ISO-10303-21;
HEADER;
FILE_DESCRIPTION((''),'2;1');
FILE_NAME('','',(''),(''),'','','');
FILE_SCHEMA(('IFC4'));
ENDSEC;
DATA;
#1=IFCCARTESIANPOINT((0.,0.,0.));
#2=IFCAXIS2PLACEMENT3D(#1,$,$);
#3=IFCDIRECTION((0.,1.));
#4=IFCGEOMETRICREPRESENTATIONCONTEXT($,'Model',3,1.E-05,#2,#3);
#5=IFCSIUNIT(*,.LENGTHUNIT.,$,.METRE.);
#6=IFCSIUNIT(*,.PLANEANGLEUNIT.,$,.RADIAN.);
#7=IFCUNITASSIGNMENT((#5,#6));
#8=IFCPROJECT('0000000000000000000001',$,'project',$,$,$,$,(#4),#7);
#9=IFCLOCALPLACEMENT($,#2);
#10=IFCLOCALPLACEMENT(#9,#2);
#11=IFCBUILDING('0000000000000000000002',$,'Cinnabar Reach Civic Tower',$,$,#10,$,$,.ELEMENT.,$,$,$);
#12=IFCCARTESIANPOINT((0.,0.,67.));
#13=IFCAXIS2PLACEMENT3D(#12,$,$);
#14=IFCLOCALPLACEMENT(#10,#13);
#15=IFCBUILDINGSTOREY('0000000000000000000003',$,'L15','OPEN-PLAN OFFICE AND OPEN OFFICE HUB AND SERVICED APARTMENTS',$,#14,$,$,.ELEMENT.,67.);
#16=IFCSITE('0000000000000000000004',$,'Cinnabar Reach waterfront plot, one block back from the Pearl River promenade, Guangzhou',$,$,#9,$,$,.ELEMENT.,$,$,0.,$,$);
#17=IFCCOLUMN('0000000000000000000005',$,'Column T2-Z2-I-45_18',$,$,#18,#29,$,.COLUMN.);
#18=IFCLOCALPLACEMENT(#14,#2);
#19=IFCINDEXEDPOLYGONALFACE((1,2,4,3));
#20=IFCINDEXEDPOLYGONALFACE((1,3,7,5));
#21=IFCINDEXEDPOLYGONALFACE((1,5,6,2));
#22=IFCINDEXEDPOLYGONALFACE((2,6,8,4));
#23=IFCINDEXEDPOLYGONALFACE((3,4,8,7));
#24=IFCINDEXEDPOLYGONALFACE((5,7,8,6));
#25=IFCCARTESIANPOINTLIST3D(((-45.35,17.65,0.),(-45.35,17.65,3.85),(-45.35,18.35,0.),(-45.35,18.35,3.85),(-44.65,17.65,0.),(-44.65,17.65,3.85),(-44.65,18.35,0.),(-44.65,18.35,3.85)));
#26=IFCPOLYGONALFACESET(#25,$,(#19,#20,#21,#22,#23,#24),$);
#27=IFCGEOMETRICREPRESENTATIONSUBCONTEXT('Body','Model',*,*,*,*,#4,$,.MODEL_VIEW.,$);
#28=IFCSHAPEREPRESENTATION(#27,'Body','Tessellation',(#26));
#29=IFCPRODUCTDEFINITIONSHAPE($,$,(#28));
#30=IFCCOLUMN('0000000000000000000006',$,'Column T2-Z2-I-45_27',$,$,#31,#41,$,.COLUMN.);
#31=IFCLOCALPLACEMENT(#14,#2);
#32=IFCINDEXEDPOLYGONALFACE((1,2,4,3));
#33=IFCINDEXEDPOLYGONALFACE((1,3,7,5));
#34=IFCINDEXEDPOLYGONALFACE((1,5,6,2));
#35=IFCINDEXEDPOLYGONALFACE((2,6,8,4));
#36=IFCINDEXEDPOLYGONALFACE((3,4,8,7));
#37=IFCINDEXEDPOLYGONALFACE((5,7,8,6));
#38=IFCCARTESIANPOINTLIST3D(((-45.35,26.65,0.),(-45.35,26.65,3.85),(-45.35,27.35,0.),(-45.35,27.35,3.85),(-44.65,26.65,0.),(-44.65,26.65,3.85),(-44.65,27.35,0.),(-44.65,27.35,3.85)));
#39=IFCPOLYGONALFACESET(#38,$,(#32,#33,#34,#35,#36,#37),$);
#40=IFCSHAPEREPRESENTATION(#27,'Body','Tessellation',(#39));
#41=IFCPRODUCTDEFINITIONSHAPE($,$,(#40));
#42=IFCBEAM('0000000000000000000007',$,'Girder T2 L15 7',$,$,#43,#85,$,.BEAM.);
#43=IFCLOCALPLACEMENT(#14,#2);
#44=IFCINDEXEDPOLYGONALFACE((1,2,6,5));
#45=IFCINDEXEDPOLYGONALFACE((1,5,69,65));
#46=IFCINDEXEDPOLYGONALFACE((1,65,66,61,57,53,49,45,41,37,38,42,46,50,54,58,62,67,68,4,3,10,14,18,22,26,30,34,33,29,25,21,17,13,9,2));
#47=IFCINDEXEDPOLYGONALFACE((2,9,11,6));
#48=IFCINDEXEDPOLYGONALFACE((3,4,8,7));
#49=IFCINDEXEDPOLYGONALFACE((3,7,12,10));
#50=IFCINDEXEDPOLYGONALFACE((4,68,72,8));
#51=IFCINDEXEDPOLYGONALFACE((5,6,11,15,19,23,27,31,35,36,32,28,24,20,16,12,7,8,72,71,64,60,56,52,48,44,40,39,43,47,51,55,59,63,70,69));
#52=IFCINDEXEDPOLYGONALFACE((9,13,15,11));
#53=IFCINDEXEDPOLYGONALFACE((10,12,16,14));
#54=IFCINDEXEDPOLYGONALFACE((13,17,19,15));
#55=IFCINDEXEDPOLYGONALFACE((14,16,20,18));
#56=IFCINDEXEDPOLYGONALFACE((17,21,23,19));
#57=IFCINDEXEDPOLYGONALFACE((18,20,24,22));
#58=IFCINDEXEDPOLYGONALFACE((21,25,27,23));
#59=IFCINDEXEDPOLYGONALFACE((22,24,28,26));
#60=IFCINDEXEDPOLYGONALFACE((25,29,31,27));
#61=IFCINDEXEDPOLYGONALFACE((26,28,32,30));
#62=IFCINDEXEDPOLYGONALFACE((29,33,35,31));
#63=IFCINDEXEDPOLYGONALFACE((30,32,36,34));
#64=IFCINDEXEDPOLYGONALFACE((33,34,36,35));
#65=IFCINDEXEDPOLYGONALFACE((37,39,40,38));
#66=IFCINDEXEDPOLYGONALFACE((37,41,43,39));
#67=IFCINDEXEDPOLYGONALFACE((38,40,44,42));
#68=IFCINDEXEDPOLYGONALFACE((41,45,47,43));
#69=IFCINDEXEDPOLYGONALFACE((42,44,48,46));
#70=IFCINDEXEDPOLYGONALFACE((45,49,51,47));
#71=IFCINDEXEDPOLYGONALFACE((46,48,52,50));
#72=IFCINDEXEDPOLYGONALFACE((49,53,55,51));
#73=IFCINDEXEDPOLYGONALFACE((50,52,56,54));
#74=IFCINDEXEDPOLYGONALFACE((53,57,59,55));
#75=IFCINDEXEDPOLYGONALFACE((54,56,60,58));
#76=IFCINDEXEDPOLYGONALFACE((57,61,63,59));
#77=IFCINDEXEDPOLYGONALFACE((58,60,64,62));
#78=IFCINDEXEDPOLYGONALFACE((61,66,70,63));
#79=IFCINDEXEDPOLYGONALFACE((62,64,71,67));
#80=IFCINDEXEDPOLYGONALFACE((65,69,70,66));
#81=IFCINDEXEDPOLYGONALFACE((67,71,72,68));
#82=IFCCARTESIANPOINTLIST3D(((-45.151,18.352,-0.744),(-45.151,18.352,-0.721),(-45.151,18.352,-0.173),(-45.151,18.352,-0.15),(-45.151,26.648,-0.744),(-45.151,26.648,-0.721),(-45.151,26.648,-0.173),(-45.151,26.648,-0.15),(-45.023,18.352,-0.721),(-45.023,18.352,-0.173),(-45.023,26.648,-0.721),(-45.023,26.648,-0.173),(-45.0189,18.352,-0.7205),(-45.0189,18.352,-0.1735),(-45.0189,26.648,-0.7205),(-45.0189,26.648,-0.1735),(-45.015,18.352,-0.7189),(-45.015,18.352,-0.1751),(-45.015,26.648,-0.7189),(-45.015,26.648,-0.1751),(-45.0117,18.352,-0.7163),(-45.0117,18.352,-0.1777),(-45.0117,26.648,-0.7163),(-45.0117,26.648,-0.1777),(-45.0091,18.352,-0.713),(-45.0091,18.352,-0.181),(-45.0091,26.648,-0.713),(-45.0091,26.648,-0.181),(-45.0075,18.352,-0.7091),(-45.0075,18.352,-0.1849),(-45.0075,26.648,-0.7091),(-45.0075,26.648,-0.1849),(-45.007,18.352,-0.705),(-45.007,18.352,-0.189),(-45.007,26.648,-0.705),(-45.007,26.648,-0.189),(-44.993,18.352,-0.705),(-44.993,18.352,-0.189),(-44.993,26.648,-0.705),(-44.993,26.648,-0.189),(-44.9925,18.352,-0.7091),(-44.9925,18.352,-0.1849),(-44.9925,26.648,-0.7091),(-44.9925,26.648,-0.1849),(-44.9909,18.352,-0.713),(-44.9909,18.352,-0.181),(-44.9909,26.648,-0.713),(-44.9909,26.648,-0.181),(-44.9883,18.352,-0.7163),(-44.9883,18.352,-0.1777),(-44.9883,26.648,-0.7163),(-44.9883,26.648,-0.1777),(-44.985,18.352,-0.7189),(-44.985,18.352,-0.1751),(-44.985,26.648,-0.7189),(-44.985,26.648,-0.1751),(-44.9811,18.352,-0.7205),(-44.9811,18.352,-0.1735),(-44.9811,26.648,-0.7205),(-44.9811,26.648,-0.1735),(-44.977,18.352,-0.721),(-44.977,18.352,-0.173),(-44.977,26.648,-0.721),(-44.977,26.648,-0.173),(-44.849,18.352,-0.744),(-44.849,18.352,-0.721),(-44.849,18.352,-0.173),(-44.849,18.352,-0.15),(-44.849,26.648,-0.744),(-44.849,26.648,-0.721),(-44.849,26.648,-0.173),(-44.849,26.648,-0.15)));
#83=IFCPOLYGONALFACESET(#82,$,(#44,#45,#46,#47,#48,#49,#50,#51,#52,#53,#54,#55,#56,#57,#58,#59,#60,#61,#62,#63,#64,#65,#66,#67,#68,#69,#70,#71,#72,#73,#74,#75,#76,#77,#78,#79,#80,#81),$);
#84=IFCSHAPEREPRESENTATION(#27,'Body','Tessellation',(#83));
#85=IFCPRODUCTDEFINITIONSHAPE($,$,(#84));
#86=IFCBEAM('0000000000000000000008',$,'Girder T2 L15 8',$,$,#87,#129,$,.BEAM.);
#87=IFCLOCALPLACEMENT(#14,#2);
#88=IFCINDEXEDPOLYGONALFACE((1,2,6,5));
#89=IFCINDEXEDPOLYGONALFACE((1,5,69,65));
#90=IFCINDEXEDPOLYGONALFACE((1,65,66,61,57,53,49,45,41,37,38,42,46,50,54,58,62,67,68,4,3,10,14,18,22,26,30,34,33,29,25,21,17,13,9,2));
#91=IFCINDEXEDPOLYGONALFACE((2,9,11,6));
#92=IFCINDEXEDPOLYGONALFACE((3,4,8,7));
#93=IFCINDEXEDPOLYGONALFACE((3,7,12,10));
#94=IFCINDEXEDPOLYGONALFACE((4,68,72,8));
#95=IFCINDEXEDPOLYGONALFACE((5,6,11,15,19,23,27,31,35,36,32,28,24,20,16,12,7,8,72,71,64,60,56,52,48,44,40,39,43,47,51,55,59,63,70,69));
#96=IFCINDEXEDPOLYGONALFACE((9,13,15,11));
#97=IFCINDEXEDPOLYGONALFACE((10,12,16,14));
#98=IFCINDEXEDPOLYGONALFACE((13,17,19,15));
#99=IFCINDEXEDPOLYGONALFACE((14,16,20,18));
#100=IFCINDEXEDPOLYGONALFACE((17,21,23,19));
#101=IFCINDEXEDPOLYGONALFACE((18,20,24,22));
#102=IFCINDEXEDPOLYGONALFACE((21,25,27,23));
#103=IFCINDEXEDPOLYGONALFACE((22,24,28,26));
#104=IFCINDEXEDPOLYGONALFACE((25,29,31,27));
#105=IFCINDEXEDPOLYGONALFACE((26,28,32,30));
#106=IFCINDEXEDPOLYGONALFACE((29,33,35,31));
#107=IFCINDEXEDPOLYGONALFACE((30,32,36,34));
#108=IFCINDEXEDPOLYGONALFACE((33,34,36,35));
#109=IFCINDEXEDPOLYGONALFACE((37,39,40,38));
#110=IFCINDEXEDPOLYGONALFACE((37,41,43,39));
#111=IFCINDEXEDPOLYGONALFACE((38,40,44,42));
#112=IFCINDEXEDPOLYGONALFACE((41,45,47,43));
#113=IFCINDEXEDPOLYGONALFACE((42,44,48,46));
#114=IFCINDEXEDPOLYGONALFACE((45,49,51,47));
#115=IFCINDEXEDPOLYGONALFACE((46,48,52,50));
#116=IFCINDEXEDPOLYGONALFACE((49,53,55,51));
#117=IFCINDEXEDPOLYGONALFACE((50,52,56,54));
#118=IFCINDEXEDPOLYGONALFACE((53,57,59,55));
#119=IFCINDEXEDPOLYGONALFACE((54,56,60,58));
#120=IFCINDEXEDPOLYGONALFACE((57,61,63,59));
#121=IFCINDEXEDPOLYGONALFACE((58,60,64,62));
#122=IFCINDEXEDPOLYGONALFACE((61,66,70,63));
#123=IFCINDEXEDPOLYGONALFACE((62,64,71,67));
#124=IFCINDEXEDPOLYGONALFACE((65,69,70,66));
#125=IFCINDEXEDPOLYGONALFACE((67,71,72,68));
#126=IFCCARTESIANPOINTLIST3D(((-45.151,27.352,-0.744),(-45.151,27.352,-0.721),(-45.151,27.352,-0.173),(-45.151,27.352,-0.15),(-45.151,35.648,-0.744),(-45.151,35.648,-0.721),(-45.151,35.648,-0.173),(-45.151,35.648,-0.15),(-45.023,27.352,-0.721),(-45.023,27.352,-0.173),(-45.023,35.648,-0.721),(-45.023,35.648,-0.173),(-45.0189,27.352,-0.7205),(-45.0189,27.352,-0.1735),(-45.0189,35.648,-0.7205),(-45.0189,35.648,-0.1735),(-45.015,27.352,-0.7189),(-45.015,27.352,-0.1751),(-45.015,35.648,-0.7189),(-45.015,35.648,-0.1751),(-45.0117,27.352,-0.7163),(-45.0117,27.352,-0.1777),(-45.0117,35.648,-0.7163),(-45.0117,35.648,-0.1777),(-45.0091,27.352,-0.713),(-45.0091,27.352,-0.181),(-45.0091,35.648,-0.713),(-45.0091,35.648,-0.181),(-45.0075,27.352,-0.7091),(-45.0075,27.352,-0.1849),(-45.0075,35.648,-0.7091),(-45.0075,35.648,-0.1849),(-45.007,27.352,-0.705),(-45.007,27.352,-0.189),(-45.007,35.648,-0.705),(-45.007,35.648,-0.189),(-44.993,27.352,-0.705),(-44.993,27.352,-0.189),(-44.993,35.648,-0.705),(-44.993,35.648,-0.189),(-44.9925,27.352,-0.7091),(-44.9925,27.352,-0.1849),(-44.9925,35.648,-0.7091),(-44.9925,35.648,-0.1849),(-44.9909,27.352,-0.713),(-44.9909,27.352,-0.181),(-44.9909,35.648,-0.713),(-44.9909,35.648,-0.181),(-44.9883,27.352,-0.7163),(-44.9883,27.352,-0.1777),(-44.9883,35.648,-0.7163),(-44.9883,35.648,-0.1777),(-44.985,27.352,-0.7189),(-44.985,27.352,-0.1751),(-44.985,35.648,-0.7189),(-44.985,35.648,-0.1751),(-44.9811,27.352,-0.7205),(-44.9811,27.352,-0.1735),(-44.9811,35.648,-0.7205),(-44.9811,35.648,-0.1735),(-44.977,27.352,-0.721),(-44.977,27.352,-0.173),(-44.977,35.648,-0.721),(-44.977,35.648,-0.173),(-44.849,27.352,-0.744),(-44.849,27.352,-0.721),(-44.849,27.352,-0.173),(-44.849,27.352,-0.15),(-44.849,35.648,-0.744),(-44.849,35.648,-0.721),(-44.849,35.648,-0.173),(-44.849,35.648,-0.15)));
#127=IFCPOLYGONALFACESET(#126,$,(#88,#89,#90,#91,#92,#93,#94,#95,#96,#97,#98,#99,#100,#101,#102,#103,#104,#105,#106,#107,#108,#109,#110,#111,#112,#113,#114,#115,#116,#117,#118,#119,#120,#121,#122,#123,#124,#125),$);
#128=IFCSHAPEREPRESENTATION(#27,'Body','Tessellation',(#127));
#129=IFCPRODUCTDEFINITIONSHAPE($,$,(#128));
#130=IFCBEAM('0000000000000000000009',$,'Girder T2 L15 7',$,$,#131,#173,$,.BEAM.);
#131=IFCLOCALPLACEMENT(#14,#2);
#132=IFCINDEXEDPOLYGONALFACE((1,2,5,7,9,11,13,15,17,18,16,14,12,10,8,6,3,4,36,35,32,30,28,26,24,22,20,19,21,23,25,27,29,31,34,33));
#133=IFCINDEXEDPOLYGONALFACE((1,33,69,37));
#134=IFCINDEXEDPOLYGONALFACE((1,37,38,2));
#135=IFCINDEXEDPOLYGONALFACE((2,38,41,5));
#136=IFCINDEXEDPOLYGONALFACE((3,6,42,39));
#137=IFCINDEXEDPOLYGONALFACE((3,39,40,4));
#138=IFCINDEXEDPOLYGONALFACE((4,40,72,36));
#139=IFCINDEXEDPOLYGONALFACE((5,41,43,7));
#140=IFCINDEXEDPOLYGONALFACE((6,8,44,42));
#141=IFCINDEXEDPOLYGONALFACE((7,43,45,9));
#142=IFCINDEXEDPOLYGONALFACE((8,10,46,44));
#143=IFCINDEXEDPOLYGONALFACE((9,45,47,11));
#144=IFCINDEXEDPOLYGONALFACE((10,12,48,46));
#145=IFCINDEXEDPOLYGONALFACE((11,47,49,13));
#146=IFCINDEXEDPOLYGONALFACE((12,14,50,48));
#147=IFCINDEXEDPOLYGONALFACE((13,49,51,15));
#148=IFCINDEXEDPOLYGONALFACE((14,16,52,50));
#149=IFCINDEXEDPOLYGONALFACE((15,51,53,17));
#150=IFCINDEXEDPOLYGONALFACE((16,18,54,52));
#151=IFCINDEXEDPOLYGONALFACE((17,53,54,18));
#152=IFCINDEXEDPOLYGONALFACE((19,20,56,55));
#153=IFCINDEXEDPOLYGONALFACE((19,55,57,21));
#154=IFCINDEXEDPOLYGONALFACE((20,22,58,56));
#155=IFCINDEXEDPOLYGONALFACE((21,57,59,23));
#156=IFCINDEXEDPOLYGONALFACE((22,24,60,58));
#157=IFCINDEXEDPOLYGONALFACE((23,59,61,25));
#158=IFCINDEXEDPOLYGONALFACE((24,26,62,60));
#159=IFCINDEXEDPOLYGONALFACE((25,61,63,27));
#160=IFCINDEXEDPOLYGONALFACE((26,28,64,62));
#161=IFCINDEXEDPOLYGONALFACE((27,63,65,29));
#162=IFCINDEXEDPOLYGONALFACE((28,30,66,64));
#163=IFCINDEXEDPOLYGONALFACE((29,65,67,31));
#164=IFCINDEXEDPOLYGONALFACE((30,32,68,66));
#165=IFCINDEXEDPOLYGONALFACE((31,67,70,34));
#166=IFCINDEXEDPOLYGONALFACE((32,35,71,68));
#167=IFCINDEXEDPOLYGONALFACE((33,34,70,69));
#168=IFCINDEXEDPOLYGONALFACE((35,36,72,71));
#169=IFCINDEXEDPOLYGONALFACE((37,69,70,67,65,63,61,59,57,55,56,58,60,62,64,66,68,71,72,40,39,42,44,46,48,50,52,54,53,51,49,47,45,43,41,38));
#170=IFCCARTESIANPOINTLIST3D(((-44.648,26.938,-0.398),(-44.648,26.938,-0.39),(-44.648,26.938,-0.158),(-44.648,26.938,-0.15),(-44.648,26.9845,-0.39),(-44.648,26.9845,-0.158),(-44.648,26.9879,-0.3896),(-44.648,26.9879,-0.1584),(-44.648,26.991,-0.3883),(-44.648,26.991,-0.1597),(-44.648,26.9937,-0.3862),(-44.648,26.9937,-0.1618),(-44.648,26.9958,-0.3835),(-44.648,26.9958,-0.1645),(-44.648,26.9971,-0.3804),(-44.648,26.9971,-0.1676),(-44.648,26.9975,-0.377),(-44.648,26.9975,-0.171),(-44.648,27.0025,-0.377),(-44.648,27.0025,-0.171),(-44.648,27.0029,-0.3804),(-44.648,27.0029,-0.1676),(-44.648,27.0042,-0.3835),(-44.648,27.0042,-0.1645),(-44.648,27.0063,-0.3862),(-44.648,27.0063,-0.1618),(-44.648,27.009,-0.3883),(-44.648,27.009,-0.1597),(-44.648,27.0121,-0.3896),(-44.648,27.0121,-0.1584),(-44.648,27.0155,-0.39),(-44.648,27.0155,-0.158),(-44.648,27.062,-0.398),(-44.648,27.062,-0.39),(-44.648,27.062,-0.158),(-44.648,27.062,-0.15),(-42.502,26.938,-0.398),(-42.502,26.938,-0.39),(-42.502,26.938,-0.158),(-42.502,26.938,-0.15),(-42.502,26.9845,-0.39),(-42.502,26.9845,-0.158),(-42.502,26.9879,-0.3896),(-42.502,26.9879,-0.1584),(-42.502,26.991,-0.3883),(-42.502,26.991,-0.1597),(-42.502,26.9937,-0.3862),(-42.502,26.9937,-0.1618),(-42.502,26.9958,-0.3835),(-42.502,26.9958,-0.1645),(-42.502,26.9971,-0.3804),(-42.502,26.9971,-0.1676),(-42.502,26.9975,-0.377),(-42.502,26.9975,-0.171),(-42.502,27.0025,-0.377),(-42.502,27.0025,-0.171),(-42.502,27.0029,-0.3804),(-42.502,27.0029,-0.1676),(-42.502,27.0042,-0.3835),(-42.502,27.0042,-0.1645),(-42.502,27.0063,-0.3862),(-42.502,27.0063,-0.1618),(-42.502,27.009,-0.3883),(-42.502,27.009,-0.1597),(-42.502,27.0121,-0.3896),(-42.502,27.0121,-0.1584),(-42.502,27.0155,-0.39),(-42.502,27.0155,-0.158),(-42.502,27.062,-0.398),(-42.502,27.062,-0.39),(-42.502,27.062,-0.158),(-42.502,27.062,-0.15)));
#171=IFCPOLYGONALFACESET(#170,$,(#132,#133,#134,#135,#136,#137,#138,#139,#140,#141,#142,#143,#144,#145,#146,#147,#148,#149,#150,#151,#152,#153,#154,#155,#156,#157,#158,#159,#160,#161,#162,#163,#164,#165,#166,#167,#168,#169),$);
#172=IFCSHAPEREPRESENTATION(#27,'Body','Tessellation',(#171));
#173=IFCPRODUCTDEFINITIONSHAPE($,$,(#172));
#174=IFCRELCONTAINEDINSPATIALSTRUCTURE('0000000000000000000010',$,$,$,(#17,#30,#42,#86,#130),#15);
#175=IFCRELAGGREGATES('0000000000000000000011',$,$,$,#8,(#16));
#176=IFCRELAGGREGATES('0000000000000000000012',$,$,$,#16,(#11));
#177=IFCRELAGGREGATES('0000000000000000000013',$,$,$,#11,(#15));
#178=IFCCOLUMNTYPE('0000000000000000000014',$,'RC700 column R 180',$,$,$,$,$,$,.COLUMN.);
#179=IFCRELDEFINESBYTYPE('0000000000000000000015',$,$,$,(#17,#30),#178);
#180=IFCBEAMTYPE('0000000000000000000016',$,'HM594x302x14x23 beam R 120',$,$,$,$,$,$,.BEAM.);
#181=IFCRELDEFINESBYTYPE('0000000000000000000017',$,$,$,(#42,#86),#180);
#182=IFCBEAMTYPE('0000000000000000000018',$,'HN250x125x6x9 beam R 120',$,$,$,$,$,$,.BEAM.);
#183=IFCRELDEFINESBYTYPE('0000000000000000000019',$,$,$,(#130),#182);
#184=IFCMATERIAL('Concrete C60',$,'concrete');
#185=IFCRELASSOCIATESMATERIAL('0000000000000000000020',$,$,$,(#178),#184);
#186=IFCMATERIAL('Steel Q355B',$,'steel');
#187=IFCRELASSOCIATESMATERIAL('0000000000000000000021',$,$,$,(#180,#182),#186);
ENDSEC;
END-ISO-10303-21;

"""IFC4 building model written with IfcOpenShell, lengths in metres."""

from ifc_helpers import new_model, si_unit, direction, frame, origin, origin_2d, place, context, subcontext, project, spatial, rectangle, i_section, extrude, material, material_profile, profile_set, type_object, element, save


model = new_model("IFC4")

# Units and contexts
model_context = context("Model", 3, precision=1e-05, world=origin(), true_north=direction((0.0, 1.0)))
body_context = subcontext(model_context, "Body", "Model", "MODEL_VIEW")
ifc_project = project(units=[si_unit("LENGTHUNIT", "METRE"), si_unit("PLANEANGLEUNIT", "RADIAN")], contexts=[model_context])

# Site, building, storey
site_placement = place(None, origin())
site = spatial("IfcSite", under=ifc_project, at=site_placement, Name="Cinnabar Reach waterfront plot, one block back from the Pearl River promenade, Guangzhou", CompositionType="ELEMENT", RefElevation=0.0)
building_placement = place(site_placement, origin())
building = spatial("IfcBuilding", under=site, at=building_placement, Name="Cinnabar Reach Civic Tower", CompositionType="ELEMENT")
storey_placement = place(building_placement, frame((0.0, 0.0, 67.0)))
storey = spatial("IfcBuildingStorey", under=building, at=storey_placement, Name="L15", Description="OPEN-PLAN OFFICE AND OPEN OFFICE HUB AND SERVICED APARTMENTS", CompositionType="ELEMENT", Elevation=67.0)

# Columns
ifc_material_1 = material(Name="Concrete C60", Category="concrete")
ifc_material_profile_1 = material_profile(ifc_material_1, rectangle(XDim=0.7, YDim=0.7, at=origin_2d()), Name="RC700")
ifc_profile_set_1 = profile_set([ifc_material_profile_1], Name="Concrete C60")
column_type = type_object("IfcColumnType", Name="RC700 column R 180", PredefinedType="COLUMN", material=ifc_profile_set_1)
for number, where, z_axis, x_axis, name in (
    (1, (-45.0, 18.0, 0.0), (0.0, 0.0, 1.0), (1.0, 0.0, 0.0), "Column T2-Z2-I-45_18"),
    (2, (-45.0, 27.0, 0.0), (0.0, 0.0, 1.0), (1.0, 0.0, 0.0), "Column T2-Z2-I-45_27"),
):
    element("IfcColumn", number, at=place(storey_placement, frame(where, z_axis=z_axis, x_axis=x_axis)), inside=storey, type_object=column_type, Name=name, PredefinedType="COLUMN", context=body_context, shape_type="SweptSolid", body=[
        extrude(rectangle(XDim=0.7, YDim=0.7, at=origin_2d()), origin(), (0.0, 0.0, 1.0), 3.85),
    ])

# Beams
ifc_material_2 = material(Name="Steel Q355B", Category="steel")
ifc_material_profile_2 = material_profile(ifc_material_2, i_section(OverallWidth=0.302, OverallDepth=0.594, WebThickness=0.014, FlangeThickness=0.023, FilletRadius=0.016, at=origin_2d()), Name="HM594x302x14x23")
ifc_profile_set_2 = profile_set([ifc_material_profile_2], Name="Steel Q355B")
beam_type_1 = type_object("IfcBeamType", Name="HM594x302x14x23 beam R 120", PredefinedType="BEAM", material=ifc_profile_set_2)
for number, where, z_axis, x_axis, name in (
    (3, (-45.0, 18.352, -0.447), (0.0, 1.0, 0.0), (-1.0, 0.0, 0.0), "Girder T2 L15 7"),
    (4, (-45.0, 27.352, -0.447), (0.0, 1.0, 0.0), (-1.0, 0.0, 0.0), "Girder T2 L15 8"),
):
    element("IfcBeam", number, at=place(storey_placement, frame(where, z_axis=z_axis, x_axis=x_axis)), inside=storey, type_object=beam_type_1, Name=name, PredefinedType="BEAM", context=body_context, shape_type="SweptSolid", body=[
        extrude(i_section(OverallWidth=0.302, OverallDepth=0.594, WebThickness=0.014, FlangeThickness=0.023, FilletRadius=0.016, at=origin_2d()), origin(), (0.0, 0.0, 1.0), 8.296),
    ])
ifc_material_profile_3 = material_profile(ifc_material_2, i_section(OverallWidth=0.124, OverallDepth=0.248, WebThickness=0.005, FlangeThickness=0.008, FilletRadius=0.013, at=origin_2d()), Name="HN250x125x6x9")
ifc_profile_set_3 = profile_set([ifc_material_profile_3], Name="Steel Q355B")
beam_type_2 = type_object("IfcBeamType", Name="HN250x125x6x9 beam R 120", PredefinedType="BEAM", material=ifc_profile_set_3)
beam_1_placement = place(storey_placement, frame((-44.648, 27.0, -0.274), z_axis=(1.0, 0.0, 0.0), x_axis=(0.0, 1.0, 0.0)))
element("IfcBeam", 5, at=beam_1_placement, inside=storey, type_object=beam_type_2, Name="Girder T2 L15 7", PredefinedType="BEAM", context=body_context, shape_type="SweptSolid", body=[
    extrude(i_section(OverallWidth=0.124, OverallDepth=0.248, WebThickness=0.005, FlangeThickness=0.008, FilletRadius=0.013, at=origin_2d()), origin(), (0.0, 0.0, 1.0), 2.146),
])

save(model, "model.ifc")
